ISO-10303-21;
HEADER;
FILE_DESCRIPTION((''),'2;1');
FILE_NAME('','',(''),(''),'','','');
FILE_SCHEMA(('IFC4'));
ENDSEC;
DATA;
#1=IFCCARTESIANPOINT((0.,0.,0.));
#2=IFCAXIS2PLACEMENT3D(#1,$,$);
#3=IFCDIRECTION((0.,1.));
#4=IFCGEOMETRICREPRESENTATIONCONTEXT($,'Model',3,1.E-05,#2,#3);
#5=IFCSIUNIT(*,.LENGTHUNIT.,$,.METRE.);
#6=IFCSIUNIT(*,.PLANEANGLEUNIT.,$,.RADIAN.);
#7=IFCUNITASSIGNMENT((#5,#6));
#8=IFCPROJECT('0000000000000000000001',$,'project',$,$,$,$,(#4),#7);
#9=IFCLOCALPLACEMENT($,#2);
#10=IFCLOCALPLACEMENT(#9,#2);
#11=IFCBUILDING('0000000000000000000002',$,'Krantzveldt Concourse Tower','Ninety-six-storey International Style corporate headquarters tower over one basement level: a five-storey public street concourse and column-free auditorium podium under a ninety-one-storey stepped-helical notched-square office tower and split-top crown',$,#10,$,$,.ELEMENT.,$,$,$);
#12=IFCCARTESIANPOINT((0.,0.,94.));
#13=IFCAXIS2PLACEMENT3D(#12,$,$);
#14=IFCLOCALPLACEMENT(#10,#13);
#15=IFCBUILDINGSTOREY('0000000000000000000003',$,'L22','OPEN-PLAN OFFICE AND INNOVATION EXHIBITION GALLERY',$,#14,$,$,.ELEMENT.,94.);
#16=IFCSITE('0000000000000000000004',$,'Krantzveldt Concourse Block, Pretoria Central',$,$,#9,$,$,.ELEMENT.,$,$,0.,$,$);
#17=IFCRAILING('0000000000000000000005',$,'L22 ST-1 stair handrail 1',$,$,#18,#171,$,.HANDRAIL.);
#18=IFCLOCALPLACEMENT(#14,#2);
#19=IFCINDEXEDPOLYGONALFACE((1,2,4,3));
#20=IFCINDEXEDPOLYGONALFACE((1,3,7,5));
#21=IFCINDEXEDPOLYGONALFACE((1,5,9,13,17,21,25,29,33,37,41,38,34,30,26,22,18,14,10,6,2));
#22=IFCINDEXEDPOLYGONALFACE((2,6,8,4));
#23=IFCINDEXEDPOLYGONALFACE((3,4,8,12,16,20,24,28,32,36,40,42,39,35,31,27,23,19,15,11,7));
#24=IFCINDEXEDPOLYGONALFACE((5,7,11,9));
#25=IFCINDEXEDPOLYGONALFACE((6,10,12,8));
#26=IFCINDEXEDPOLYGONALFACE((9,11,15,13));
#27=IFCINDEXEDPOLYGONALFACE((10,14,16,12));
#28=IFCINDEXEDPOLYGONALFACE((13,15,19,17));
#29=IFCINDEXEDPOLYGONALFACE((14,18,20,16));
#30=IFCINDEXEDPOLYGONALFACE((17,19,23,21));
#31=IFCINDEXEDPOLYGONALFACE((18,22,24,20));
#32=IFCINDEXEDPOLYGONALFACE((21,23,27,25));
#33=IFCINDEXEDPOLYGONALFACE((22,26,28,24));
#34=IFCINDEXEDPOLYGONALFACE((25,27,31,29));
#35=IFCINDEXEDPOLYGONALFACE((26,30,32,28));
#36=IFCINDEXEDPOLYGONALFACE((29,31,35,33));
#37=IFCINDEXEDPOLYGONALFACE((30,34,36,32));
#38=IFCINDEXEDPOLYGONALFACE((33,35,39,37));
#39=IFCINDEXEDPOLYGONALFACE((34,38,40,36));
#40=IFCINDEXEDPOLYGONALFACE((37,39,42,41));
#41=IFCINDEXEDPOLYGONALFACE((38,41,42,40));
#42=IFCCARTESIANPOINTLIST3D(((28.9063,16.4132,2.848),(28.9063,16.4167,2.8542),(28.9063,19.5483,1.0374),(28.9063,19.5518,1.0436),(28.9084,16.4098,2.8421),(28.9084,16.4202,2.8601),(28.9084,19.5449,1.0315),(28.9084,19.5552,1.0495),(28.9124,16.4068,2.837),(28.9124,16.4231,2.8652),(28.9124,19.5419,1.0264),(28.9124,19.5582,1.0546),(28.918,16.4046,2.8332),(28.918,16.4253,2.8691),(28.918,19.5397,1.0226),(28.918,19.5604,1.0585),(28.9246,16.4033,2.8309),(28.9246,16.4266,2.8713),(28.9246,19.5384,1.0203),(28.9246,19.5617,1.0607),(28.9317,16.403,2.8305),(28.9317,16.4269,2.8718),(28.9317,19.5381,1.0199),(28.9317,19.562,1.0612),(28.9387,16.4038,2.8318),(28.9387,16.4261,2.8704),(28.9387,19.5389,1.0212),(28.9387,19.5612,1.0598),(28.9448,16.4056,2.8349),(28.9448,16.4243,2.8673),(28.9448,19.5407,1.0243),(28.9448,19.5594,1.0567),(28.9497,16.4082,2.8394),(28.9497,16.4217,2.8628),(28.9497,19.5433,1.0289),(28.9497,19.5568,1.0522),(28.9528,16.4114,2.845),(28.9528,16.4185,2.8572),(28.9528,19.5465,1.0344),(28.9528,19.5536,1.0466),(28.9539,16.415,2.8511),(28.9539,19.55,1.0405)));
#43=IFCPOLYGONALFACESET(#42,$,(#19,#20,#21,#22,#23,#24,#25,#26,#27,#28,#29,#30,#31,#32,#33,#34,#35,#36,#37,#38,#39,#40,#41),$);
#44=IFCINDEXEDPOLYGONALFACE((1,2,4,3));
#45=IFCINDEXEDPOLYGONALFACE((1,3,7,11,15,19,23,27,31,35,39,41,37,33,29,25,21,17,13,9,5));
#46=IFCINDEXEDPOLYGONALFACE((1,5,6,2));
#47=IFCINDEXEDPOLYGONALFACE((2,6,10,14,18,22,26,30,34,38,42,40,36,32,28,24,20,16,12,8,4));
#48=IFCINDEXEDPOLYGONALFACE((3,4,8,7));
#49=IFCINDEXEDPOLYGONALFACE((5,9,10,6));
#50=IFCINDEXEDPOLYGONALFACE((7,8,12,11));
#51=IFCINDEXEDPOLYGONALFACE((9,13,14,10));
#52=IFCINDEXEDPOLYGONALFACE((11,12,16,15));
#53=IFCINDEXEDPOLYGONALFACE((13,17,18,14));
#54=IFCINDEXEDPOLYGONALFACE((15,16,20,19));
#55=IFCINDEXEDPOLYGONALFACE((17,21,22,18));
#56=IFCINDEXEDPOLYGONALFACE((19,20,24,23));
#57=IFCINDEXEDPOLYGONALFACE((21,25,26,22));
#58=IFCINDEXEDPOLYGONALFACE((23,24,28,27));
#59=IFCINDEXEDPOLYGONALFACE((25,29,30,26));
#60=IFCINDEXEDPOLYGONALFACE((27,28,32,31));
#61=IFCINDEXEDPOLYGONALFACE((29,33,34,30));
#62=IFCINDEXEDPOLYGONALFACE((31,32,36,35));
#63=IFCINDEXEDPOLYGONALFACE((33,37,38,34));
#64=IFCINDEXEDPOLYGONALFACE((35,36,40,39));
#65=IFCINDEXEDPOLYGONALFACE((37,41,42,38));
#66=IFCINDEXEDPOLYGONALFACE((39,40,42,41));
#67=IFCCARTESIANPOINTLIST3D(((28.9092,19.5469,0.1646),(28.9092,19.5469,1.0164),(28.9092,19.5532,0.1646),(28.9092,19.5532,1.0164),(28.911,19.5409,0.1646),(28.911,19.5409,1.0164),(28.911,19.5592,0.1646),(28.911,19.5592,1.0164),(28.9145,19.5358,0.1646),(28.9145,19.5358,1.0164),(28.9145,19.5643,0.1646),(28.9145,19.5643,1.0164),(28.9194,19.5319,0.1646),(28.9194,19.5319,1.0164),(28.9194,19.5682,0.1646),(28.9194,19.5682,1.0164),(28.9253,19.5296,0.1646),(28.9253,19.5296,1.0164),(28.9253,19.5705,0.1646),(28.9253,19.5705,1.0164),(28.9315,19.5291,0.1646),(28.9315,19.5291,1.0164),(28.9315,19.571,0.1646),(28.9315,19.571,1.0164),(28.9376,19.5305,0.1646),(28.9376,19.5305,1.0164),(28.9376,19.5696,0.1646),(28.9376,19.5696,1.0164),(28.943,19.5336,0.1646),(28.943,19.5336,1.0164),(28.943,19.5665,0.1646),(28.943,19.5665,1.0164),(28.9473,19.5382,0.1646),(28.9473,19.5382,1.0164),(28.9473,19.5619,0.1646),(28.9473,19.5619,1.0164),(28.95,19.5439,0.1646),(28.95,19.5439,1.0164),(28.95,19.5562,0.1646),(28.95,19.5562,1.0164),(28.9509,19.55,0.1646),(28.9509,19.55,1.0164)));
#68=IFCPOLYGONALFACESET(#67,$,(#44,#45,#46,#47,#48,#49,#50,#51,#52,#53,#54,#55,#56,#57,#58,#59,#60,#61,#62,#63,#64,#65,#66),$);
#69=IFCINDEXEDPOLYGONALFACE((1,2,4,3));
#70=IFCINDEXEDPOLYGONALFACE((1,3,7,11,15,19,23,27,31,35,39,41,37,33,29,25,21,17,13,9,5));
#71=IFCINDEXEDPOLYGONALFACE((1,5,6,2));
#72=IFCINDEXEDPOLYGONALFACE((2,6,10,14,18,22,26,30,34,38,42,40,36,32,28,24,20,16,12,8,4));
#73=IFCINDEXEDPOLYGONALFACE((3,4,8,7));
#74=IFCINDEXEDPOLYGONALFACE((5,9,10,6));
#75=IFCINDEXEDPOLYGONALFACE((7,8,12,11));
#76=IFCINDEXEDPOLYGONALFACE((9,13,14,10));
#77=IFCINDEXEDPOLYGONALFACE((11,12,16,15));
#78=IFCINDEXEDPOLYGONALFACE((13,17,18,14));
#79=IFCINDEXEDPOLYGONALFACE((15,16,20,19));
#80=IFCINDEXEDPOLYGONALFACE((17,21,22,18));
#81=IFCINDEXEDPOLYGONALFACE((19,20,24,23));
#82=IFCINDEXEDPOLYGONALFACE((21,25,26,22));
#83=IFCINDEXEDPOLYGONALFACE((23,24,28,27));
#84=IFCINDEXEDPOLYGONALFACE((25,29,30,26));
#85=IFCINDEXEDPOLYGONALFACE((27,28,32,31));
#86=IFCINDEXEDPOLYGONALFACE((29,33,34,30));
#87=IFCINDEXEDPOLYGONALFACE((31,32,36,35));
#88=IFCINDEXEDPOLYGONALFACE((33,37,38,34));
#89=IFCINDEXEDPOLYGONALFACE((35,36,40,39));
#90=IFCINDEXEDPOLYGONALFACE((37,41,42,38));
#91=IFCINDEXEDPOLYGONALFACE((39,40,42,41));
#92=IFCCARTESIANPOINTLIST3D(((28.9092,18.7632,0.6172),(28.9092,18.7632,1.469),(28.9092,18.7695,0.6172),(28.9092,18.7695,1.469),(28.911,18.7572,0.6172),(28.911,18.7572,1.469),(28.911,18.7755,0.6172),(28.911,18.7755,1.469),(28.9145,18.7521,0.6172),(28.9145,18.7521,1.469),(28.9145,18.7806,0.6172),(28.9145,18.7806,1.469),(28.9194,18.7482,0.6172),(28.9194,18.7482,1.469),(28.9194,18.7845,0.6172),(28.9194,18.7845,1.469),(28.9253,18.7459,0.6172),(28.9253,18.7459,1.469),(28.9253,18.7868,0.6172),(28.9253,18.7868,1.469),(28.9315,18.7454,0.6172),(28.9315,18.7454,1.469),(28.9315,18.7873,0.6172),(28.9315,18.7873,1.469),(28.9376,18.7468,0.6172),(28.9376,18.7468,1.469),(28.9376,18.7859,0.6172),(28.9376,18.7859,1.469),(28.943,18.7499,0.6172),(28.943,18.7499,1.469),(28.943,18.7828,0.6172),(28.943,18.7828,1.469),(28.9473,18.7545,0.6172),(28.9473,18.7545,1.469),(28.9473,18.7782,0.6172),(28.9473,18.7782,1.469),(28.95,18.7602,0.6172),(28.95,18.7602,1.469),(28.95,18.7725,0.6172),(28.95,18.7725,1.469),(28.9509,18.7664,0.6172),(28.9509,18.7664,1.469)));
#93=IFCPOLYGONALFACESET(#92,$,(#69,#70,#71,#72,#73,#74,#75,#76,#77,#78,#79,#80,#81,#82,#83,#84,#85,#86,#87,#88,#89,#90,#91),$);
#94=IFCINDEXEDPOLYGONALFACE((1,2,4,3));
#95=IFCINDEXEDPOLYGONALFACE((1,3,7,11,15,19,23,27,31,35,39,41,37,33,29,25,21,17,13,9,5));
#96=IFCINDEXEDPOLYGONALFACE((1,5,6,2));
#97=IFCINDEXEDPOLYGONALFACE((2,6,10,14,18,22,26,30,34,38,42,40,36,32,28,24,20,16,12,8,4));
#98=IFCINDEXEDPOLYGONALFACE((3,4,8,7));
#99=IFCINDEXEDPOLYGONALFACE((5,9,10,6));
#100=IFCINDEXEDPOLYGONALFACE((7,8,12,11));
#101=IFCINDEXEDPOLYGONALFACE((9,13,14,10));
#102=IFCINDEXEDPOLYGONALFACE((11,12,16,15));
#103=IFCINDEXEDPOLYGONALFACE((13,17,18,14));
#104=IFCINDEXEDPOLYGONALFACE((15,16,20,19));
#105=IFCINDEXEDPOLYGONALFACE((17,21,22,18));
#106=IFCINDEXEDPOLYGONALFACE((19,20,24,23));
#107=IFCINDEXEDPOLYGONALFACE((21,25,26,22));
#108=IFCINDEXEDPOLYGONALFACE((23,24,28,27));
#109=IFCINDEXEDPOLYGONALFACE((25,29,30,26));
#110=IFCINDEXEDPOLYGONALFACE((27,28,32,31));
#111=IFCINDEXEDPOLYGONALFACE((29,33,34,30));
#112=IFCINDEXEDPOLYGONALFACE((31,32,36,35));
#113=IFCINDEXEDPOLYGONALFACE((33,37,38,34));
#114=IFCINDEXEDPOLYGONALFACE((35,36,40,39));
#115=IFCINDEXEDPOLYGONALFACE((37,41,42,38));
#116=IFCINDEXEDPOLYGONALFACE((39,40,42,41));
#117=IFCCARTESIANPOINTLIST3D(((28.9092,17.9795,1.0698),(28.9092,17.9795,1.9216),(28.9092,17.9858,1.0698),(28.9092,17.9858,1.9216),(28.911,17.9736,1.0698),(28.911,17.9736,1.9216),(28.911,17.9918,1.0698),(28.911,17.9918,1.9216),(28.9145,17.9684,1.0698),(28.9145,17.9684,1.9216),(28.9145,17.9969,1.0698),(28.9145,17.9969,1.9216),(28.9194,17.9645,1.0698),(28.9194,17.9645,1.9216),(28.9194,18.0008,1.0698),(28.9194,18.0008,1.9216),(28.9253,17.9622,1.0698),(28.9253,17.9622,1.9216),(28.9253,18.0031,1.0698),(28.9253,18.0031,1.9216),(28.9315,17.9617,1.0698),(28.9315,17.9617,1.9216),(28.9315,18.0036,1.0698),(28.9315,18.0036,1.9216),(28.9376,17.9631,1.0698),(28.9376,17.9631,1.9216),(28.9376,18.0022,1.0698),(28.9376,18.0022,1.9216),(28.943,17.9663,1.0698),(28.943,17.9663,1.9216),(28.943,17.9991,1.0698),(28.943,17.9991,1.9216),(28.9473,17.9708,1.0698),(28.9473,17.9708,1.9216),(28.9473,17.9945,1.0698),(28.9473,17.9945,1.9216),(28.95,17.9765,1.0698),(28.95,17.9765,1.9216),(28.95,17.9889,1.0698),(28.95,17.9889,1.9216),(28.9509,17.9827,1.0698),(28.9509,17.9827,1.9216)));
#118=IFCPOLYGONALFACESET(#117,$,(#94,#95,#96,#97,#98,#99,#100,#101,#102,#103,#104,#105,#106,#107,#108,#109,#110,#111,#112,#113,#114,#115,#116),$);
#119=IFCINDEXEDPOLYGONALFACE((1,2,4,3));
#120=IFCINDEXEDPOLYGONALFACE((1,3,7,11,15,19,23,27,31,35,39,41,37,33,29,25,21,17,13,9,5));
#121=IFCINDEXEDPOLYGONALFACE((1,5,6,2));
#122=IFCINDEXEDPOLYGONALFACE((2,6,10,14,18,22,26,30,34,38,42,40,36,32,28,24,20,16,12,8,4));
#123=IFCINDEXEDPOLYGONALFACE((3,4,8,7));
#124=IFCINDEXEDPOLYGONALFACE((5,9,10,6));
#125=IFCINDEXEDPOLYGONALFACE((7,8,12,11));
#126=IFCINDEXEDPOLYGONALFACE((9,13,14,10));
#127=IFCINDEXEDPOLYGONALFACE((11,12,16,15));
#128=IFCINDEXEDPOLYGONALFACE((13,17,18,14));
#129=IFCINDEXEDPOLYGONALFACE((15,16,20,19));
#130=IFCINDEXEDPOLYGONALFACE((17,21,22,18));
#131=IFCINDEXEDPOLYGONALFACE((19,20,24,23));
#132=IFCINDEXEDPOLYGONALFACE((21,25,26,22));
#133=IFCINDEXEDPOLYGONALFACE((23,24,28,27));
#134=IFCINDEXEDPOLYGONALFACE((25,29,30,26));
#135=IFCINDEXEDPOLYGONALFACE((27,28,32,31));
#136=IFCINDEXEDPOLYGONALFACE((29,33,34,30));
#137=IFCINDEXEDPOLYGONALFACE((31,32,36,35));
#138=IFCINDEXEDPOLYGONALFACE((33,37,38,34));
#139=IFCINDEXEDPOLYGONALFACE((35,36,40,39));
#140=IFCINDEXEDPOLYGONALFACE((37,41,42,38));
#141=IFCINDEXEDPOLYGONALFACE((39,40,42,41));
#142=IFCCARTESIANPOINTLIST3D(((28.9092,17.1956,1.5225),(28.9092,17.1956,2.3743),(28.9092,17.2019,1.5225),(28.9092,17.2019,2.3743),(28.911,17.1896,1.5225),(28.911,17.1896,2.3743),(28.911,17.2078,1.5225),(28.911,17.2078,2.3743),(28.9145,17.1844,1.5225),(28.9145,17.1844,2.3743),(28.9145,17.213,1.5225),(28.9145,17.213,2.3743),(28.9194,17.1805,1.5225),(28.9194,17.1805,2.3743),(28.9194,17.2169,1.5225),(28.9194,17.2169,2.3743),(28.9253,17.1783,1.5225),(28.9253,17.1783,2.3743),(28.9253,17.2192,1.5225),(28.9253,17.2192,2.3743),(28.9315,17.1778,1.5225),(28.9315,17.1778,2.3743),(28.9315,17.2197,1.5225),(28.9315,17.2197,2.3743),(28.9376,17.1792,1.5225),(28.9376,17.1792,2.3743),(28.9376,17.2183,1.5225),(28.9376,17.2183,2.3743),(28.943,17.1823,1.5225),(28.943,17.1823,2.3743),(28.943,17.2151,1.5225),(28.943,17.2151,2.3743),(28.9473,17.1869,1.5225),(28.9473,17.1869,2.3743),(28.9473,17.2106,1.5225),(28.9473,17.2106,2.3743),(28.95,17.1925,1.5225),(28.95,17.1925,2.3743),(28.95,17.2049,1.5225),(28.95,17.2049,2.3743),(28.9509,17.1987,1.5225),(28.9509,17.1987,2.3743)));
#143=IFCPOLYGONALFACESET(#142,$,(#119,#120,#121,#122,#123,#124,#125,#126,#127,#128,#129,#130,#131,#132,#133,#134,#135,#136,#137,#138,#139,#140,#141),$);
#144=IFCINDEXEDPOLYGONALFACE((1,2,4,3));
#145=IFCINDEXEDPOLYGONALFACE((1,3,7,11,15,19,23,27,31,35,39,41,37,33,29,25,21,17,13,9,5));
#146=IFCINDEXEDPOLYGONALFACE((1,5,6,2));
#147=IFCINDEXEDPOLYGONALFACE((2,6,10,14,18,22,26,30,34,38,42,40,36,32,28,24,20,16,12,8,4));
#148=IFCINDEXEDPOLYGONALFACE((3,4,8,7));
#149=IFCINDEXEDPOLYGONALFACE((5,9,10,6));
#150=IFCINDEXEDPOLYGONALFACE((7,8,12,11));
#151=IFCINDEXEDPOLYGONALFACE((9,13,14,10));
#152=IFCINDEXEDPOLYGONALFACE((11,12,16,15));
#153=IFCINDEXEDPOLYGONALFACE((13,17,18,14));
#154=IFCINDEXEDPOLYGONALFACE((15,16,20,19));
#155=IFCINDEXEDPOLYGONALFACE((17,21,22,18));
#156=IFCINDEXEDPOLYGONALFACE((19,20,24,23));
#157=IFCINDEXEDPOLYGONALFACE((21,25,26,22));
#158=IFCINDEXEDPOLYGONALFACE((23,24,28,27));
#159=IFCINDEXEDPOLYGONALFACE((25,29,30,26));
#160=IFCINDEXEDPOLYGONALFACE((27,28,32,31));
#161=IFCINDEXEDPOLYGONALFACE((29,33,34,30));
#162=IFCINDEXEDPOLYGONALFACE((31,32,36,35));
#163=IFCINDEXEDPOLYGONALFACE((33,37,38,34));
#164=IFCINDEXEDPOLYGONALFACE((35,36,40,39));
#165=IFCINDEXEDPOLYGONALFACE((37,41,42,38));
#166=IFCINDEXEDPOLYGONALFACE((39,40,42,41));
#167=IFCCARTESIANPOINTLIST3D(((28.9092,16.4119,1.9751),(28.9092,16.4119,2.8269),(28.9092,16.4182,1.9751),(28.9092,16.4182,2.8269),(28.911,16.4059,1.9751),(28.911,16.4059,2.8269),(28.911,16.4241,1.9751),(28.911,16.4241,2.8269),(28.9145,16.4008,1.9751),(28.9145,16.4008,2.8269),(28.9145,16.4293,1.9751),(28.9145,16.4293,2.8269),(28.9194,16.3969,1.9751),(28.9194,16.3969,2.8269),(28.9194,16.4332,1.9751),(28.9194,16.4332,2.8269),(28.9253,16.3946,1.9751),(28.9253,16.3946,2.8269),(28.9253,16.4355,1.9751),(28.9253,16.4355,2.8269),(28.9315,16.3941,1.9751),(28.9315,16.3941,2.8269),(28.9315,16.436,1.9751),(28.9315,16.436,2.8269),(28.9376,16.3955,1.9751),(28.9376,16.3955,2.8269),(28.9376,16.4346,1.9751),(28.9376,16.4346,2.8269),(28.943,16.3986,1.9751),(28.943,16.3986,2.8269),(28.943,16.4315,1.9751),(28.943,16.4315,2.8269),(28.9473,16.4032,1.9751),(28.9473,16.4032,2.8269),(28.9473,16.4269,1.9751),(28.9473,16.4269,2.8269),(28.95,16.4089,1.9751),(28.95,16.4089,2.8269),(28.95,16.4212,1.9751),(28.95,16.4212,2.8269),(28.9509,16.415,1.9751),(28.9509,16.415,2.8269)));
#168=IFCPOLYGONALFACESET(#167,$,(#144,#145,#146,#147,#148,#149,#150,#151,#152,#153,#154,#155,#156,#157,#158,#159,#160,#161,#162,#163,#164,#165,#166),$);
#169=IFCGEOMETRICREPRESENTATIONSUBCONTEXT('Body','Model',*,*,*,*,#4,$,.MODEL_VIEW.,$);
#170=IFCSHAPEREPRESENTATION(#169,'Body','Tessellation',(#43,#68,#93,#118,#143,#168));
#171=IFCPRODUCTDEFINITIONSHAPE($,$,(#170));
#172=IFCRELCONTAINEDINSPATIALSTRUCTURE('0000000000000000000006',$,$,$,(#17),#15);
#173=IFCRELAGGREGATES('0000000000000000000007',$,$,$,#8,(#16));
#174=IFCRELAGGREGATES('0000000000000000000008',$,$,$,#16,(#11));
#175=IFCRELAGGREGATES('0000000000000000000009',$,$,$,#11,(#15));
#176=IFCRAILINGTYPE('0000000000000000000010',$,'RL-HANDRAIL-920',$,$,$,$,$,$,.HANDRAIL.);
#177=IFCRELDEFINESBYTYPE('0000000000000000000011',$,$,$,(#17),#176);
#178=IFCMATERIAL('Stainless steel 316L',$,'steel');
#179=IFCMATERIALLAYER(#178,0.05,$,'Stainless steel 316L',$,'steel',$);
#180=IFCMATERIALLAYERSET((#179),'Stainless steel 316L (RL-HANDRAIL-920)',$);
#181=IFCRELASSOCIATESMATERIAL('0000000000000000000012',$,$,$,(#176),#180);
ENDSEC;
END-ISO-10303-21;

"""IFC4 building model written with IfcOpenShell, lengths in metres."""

from ifc_helpers import new_model, si_unit, direction, frame, origin, origin_2d, place, context, subcontext, project, spatial, circle, extrude, material, layer, layer_set, type_object, element, save


model = new_model("IFC4")

# Units and contexts
model_context = context("Model", 3, precision=1e-05, world=origin(), true_north=direction((0.0, 1.0)))
body_context = subcontext(model_context, "Body", "Model", "MODEL_VIEW")
ifc_project = project(units=[si_unit("LENGTHUNIT", "METRE"), si_unit("PLANEANGLEUNIT", "RADIAN")], contexts=[model_context])

# Site, building, storey
site_placement = place(None, origin())
site = spatial("IfcSite", under=ifc_project, at=site_placement, Name="Krantzveldt Concourse Block, Pretoria Central", CompositionType="ELEMENT", RefElevation=0.0)
building_placement = place(site_placement, origin())
building = spatial("IfcBuilding", under=site, at=building_placement, Name="Krantzveldt Concourse Tower", Description="Ninety-six-storey International Style corporate headquarters tower over one basement level: a five-storey public street concourse and column-free auditorium podium under a ninety-one-storey stepped-helical notched-square office tower and split-top crown", CompositionType="ELEMENT")
storey_placement = place(building_placement, frame((0.0, 0.0, 94.0)))
storey = spatial("IfcBuildingStorey", under=building, at=storey_placement, Name="L22", Description="OPEN-PLAN OFFICE AND INNOVATION EXHIBITION GALLERY", CompositionType="ELEMENT", Elevation=94.0)

# Railing
ifc_material_1 = material(Name="Stainless steel 316L", Category="steel")
ifc_layer_1 = layer(ifc_material_1, 0.05, Name="Stainless steel 316L", Category="steel")
ifc_layer_set_1 = layer_set([ifc_layer_1], Name="Stainless steel 316L (RL-HANDRAIL-920)")
railing_type_1 = type_object("IfcRailingType", Name="RL-HANDRAIL-920", PredefinedType="HANDRAIL", material=ifc_layer_set_1)
railing_1_placement = place(storey_placement, frame((28.9299, 19.55, 0.1646)))
element("IfcRailing", 1, at=railing_1_placement, inside=storey, type_object=railing_type_1, Name="L22 ST-1 stair handrail 1", PredefinedType="HANDRAIL", context=body_context, shape_type="SweptSolid", body=[
    extrude(circle(Radius=0.0239, at=origin_2d()), frame((0.0, 0.0, 0.876), z_axis=(0.0, -0.86596, 0.500114), x_axis=(1.0, 0.0, 0.0)), (0.0, 0.0, 1.0), 3.6204),
    extrude(circle(Radius=0.021, at=origin_2d()), origin(), (0.0, 0.0, 1.0), 0.8518),
    extrude(circle(Radius=0.021, at=origin_2d()), frame((0.0, -0.7837, 0.4526)), (0.0, 0.0, 1.0), 0.8518),
    extrude(circle(Radius=0.021, at=origin_2d()), frame((0.0, -1.5674, 0.9053)), (0.0, 0.0, 1.0), 0.8518),
    extrude(circle(Radius=0.021, at=origin_2d()), frame((0.0, -2.3513, 1.3579)), (0.0, 0.0, 1.0), 0.8518),
    extrude(circle(Radius=0.021, at=origin_2d()), frame((0.0, -3.135, 1.8105)), (0.0, 0.0, 1.0), 0.8518),
])

save(model, "model.ifc")
